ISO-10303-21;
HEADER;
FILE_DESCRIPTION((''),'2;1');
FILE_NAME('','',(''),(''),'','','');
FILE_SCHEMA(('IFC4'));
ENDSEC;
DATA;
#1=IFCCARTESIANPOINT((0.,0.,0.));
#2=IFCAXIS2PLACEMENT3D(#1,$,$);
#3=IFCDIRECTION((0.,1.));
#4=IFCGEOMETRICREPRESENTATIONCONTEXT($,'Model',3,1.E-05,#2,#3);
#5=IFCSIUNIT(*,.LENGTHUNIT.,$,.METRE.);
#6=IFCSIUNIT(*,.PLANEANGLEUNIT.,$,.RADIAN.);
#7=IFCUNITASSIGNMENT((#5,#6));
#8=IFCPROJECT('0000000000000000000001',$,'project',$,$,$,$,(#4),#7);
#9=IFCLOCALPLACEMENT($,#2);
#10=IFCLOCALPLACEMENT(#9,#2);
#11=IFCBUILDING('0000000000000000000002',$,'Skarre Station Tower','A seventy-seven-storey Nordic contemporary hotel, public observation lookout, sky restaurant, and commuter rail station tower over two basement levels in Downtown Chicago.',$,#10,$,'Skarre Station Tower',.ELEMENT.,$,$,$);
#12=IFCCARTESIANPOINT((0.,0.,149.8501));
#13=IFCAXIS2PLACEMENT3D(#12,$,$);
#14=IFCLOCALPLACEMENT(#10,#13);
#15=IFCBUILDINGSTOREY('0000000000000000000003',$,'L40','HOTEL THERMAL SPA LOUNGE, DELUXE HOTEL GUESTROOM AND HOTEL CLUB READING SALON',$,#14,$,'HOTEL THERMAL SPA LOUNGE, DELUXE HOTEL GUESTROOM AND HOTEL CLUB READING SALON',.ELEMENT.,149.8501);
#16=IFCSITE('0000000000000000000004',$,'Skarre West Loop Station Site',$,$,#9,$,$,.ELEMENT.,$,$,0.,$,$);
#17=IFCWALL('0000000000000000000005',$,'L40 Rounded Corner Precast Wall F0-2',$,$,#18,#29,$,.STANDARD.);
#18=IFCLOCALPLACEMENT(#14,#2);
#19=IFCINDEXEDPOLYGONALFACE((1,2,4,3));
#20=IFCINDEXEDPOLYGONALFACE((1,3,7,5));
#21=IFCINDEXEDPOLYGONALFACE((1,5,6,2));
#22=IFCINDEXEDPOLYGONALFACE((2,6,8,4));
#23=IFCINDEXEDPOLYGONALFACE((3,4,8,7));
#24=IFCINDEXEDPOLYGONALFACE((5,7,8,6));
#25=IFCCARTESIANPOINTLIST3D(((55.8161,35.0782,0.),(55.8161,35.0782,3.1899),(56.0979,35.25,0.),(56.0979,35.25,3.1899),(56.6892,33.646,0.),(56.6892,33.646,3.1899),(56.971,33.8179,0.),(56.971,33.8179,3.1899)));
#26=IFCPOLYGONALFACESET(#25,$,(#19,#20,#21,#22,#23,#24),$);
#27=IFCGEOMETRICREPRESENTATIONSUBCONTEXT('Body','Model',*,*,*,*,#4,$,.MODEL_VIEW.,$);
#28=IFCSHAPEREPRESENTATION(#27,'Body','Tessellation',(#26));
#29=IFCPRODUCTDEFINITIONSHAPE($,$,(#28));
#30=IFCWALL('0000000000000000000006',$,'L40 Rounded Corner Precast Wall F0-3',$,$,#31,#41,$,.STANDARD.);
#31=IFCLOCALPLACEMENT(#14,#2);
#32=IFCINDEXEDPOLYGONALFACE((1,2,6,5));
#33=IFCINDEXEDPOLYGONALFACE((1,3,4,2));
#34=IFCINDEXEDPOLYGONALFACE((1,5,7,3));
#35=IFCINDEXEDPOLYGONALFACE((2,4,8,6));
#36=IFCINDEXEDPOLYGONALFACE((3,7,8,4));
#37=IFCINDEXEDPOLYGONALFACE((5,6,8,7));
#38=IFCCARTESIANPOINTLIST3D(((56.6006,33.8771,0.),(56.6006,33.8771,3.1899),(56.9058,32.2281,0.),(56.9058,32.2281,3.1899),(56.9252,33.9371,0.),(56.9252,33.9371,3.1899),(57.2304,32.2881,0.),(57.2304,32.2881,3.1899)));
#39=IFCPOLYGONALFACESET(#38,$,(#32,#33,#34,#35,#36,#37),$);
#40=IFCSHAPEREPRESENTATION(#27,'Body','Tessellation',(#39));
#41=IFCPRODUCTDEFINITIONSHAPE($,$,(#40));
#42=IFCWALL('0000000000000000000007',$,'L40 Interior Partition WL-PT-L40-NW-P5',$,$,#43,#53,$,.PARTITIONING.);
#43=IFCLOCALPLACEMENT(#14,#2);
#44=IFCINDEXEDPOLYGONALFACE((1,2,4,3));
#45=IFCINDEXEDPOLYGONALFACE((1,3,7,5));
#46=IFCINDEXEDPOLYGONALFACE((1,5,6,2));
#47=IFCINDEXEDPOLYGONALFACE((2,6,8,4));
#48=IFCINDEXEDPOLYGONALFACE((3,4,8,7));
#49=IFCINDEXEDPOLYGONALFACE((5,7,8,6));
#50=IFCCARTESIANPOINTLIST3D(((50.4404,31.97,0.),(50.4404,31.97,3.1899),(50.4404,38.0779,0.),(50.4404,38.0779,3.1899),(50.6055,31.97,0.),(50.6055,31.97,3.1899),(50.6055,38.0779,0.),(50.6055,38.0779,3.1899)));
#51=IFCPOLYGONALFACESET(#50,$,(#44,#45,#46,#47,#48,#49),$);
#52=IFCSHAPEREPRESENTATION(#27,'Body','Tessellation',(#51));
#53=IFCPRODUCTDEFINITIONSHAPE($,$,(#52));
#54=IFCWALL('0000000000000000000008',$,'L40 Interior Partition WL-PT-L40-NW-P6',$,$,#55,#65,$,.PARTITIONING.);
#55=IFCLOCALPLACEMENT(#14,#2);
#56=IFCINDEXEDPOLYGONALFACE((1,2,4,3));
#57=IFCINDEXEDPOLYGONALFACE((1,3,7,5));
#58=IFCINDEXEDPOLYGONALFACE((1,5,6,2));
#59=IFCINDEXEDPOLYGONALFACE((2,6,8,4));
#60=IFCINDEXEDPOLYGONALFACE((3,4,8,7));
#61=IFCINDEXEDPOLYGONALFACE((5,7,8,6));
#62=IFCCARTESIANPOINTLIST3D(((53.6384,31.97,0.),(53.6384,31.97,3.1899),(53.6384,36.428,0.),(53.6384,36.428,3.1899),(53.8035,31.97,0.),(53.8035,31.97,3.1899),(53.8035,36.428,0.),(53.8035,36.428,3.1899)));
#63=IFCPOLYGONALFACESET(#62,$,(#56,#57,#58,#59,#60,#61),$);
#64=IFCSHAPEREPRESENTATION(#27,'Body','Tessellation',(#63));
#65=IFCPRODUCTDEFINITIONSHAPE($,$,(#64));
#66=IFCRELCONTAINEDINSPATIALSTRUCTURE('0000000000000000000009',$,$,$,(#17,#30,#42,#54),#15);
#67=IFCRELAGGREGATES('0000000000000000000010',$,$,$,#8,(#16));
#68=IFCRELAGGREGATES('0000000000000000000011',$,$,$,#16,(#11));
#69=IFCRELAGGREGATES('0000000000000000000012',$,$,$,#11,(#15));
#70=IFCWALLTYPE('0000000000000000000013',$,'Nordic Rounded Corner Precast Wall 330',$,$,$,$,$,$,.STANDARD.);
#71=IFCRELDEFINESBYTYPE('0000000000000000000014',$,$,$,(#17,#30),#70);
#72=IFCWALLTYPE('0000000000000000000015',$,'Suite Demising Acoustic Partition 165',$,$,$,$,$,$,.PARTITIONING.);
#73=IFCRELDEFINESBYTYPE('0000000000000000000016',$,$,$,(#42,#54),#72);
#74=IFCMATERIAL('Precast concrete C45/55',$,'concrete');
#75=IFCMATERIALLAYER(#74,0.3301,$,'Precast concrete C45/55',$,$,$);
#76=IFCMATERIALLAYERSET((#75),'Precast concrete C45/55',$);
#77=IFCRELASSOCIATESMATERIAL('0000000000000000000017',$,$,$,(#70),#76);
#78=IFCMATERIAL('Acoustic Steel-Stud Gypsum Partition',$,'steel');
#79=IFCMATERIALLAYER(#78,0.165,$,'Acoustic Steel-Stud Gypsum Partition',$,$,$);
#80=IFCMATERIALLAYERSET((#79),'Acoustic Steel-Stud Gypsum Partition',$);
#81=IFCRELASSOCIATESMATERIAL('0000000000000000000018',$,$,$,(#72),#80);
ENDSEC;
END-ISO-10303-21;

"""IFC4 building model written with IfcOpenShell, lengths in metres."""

from ifc_helpers import new_model, si_unit, direction, frame, frame_2d, origin, place, context, subcontext, project, spatial, rectangle, extrude, material, layer, layer_set, type_object, element, save


model = new_model("IFC4")

# Units and contexts
model_context = context("Model", 3, precision=1e-05, world=origin(), true_north=direction((0.0, 1.0)))
body_context = subcontext(model_context, "Body", "Model", "MODEL_VIEW")
ifc_project = project(units=[si_unit("LENGTHUNIT", "METRE"), si_unit("PLANEANGLEUNIT", "RADIAN")], contexts=[model_context])

# Site, building, storey
site_placement = place(None, origin())
site = spatial("IfcSite", under=ifc_project, at=site_placement, Name="Skarre West Loop Station Site", CompositionType="ELEMENT", RefElevation=0.0)
building_placement = place(site_placement, origin())
building = spatial("IfcBuilding", under=site, at=building_placement, Name="Skarre Station Tower", Description="A seventy-seven-storey Nordic contemporary hotel, public observation lookout, sky restaurant, and commuter rail station tower over two basement levels in Downtown Chicago.", LongName="Skarre Station Tower", CompositionType="ELEMENT")
storey_placement = place(building_placement, frame((0.0, 0.0, 149.8501)))
storey = spatial("IfcBuildingStorey", under=building, at=storey_placement, Name="L40", Description="HOTEL THERMAL SPA LOUNGE, DELUXE HOTEL GUESTROOM AND HOTEL CLUB READING SALON", LongName="HOTEL THERMAL SPA LOUNGE, DELUXE HOTEL GUESTROOM AND HOTEL CLUB READING SALON", CompositionType="ELEMENT", Elevation=149.8501)

# Shared definitions
ifc_material_1 = material(Name="Acoustic Steel-Stud Gypsum Partition", Category="steel")

# Shared definitions
ifc_material_2 = material(Name="Precast concrete C45/55", Category="concrete")

# Walls
ifc_layer_1 = layer(ifc_material_2, 0.3301, Name="Precast concrete C45/55")
ifc_layer_set_1 = layer_set([ifc_layer_1], Name="Precast concrete C45/55")
wall_type_1 = type_object("IfcWallType", Name="Nordic Rounded Corner Precast Wall 330", PredefinedType="STANDARD", material=ifc_layer_set_1)
wall_1_placement = place(storey_placement, frame((55.957, 35.1641, 0.0), z_axis=(0.0, 0.0, 1.0), x_axis=(0.520519, -0.85385, 0.0)))
element("IfcWall", 1, at=wall_1_placement, inside=storey, type_object=wall_type_1, Name="L40 Rounded Corner Precast Wall F0-2", PredefinedType="STANDARD", context=body_context, shape_type="SweptSolid", body=[
    extrude(rectangle(XDim=1.6772, YDim=0.3301, at=frame_2d((0.8386, 0.0))), origin(), (0.0, 0.0, 1.0), 3.1899),
])
wall_2_placement = place(storey_placement, frame((56.7629, 33.907, 0.0), z_axis=(0.0, 0.0, 1.0), x_axis=(0.181985, -0.983301, 0.0)))
element("IfcWall", 2, at=wall_2_placement, inside=storey, type_object=wall_type_1, Name="L40 Rounded Corner Precast Wall F0-3", PredefinedType="STANDARD", context=body_context, shape_type="SweptSolid", body=[
    extrude(rectangle(XDim=1.677, YDim=0.3301, at=frame_2d((0.8384, 0.0))), origin(), (0.0, 0.0, 1.0), 3.1899),
])
ifc_layer_2 = layer(ifc_material_1, 0.165, Name="Acoustic Steel-Stud Gypsum Partition")
ifc_layer_set_2 = layer_set([ifc_layer_2], Name="Acoustic Steel-Stud Gypsum Partition")
wall_type_2 = type_object("IfcWallType", Name="Suite Demising Acoustic Partition 165", PredefinedType="PARTITIONING", material=ifc_layer_set_2)
wall_3_placement = place(storey_placement, frame((50.5229, 31.97, 0.0), z_axis=(0.0, 0.0, 1.0), x_axis=(0.0, 1.0, 0.0)))
element("IfcWall", 3, at=wall_3_placement, inside=storey, type_object=wall_type_2, Name="L40 Interior Partition WL-PT-L40-NW-P5", PredefinedType="PARTITIONING", context=body_context, shape_type="SweptSolid", body=[
    extrude(rectangle(XDim=6.1079, YDim=0.165, at=frame_2d((3.054, 0.0))), origin(), (0.0, 0.0, 1.0), 3.1899),
])
wall_4_placement = place(storey_placement, frame((53.7209, 31.97, 0.0), z_axis=(0.0, 0.0, 1.0), x_axis=(0.0, 1.0, 0.0)))
element("IfcWall", 4, at=wall_4_placement, inside=storey, type_object=wall_type_2, Name="L40 Interior Partition WL-PT-L40-NW-P6", PredefinedType="PARTITIONING", context=body_context, shape_type="SweptSolid", body=[
    extrude(rectangle(XDim=4.458, YDim=0.165, at=frame_2d((2.229, 0.0))), origin(), (0.0, 0.0, 1.0), 3.1899),
])

save(model, "model.ifc")
